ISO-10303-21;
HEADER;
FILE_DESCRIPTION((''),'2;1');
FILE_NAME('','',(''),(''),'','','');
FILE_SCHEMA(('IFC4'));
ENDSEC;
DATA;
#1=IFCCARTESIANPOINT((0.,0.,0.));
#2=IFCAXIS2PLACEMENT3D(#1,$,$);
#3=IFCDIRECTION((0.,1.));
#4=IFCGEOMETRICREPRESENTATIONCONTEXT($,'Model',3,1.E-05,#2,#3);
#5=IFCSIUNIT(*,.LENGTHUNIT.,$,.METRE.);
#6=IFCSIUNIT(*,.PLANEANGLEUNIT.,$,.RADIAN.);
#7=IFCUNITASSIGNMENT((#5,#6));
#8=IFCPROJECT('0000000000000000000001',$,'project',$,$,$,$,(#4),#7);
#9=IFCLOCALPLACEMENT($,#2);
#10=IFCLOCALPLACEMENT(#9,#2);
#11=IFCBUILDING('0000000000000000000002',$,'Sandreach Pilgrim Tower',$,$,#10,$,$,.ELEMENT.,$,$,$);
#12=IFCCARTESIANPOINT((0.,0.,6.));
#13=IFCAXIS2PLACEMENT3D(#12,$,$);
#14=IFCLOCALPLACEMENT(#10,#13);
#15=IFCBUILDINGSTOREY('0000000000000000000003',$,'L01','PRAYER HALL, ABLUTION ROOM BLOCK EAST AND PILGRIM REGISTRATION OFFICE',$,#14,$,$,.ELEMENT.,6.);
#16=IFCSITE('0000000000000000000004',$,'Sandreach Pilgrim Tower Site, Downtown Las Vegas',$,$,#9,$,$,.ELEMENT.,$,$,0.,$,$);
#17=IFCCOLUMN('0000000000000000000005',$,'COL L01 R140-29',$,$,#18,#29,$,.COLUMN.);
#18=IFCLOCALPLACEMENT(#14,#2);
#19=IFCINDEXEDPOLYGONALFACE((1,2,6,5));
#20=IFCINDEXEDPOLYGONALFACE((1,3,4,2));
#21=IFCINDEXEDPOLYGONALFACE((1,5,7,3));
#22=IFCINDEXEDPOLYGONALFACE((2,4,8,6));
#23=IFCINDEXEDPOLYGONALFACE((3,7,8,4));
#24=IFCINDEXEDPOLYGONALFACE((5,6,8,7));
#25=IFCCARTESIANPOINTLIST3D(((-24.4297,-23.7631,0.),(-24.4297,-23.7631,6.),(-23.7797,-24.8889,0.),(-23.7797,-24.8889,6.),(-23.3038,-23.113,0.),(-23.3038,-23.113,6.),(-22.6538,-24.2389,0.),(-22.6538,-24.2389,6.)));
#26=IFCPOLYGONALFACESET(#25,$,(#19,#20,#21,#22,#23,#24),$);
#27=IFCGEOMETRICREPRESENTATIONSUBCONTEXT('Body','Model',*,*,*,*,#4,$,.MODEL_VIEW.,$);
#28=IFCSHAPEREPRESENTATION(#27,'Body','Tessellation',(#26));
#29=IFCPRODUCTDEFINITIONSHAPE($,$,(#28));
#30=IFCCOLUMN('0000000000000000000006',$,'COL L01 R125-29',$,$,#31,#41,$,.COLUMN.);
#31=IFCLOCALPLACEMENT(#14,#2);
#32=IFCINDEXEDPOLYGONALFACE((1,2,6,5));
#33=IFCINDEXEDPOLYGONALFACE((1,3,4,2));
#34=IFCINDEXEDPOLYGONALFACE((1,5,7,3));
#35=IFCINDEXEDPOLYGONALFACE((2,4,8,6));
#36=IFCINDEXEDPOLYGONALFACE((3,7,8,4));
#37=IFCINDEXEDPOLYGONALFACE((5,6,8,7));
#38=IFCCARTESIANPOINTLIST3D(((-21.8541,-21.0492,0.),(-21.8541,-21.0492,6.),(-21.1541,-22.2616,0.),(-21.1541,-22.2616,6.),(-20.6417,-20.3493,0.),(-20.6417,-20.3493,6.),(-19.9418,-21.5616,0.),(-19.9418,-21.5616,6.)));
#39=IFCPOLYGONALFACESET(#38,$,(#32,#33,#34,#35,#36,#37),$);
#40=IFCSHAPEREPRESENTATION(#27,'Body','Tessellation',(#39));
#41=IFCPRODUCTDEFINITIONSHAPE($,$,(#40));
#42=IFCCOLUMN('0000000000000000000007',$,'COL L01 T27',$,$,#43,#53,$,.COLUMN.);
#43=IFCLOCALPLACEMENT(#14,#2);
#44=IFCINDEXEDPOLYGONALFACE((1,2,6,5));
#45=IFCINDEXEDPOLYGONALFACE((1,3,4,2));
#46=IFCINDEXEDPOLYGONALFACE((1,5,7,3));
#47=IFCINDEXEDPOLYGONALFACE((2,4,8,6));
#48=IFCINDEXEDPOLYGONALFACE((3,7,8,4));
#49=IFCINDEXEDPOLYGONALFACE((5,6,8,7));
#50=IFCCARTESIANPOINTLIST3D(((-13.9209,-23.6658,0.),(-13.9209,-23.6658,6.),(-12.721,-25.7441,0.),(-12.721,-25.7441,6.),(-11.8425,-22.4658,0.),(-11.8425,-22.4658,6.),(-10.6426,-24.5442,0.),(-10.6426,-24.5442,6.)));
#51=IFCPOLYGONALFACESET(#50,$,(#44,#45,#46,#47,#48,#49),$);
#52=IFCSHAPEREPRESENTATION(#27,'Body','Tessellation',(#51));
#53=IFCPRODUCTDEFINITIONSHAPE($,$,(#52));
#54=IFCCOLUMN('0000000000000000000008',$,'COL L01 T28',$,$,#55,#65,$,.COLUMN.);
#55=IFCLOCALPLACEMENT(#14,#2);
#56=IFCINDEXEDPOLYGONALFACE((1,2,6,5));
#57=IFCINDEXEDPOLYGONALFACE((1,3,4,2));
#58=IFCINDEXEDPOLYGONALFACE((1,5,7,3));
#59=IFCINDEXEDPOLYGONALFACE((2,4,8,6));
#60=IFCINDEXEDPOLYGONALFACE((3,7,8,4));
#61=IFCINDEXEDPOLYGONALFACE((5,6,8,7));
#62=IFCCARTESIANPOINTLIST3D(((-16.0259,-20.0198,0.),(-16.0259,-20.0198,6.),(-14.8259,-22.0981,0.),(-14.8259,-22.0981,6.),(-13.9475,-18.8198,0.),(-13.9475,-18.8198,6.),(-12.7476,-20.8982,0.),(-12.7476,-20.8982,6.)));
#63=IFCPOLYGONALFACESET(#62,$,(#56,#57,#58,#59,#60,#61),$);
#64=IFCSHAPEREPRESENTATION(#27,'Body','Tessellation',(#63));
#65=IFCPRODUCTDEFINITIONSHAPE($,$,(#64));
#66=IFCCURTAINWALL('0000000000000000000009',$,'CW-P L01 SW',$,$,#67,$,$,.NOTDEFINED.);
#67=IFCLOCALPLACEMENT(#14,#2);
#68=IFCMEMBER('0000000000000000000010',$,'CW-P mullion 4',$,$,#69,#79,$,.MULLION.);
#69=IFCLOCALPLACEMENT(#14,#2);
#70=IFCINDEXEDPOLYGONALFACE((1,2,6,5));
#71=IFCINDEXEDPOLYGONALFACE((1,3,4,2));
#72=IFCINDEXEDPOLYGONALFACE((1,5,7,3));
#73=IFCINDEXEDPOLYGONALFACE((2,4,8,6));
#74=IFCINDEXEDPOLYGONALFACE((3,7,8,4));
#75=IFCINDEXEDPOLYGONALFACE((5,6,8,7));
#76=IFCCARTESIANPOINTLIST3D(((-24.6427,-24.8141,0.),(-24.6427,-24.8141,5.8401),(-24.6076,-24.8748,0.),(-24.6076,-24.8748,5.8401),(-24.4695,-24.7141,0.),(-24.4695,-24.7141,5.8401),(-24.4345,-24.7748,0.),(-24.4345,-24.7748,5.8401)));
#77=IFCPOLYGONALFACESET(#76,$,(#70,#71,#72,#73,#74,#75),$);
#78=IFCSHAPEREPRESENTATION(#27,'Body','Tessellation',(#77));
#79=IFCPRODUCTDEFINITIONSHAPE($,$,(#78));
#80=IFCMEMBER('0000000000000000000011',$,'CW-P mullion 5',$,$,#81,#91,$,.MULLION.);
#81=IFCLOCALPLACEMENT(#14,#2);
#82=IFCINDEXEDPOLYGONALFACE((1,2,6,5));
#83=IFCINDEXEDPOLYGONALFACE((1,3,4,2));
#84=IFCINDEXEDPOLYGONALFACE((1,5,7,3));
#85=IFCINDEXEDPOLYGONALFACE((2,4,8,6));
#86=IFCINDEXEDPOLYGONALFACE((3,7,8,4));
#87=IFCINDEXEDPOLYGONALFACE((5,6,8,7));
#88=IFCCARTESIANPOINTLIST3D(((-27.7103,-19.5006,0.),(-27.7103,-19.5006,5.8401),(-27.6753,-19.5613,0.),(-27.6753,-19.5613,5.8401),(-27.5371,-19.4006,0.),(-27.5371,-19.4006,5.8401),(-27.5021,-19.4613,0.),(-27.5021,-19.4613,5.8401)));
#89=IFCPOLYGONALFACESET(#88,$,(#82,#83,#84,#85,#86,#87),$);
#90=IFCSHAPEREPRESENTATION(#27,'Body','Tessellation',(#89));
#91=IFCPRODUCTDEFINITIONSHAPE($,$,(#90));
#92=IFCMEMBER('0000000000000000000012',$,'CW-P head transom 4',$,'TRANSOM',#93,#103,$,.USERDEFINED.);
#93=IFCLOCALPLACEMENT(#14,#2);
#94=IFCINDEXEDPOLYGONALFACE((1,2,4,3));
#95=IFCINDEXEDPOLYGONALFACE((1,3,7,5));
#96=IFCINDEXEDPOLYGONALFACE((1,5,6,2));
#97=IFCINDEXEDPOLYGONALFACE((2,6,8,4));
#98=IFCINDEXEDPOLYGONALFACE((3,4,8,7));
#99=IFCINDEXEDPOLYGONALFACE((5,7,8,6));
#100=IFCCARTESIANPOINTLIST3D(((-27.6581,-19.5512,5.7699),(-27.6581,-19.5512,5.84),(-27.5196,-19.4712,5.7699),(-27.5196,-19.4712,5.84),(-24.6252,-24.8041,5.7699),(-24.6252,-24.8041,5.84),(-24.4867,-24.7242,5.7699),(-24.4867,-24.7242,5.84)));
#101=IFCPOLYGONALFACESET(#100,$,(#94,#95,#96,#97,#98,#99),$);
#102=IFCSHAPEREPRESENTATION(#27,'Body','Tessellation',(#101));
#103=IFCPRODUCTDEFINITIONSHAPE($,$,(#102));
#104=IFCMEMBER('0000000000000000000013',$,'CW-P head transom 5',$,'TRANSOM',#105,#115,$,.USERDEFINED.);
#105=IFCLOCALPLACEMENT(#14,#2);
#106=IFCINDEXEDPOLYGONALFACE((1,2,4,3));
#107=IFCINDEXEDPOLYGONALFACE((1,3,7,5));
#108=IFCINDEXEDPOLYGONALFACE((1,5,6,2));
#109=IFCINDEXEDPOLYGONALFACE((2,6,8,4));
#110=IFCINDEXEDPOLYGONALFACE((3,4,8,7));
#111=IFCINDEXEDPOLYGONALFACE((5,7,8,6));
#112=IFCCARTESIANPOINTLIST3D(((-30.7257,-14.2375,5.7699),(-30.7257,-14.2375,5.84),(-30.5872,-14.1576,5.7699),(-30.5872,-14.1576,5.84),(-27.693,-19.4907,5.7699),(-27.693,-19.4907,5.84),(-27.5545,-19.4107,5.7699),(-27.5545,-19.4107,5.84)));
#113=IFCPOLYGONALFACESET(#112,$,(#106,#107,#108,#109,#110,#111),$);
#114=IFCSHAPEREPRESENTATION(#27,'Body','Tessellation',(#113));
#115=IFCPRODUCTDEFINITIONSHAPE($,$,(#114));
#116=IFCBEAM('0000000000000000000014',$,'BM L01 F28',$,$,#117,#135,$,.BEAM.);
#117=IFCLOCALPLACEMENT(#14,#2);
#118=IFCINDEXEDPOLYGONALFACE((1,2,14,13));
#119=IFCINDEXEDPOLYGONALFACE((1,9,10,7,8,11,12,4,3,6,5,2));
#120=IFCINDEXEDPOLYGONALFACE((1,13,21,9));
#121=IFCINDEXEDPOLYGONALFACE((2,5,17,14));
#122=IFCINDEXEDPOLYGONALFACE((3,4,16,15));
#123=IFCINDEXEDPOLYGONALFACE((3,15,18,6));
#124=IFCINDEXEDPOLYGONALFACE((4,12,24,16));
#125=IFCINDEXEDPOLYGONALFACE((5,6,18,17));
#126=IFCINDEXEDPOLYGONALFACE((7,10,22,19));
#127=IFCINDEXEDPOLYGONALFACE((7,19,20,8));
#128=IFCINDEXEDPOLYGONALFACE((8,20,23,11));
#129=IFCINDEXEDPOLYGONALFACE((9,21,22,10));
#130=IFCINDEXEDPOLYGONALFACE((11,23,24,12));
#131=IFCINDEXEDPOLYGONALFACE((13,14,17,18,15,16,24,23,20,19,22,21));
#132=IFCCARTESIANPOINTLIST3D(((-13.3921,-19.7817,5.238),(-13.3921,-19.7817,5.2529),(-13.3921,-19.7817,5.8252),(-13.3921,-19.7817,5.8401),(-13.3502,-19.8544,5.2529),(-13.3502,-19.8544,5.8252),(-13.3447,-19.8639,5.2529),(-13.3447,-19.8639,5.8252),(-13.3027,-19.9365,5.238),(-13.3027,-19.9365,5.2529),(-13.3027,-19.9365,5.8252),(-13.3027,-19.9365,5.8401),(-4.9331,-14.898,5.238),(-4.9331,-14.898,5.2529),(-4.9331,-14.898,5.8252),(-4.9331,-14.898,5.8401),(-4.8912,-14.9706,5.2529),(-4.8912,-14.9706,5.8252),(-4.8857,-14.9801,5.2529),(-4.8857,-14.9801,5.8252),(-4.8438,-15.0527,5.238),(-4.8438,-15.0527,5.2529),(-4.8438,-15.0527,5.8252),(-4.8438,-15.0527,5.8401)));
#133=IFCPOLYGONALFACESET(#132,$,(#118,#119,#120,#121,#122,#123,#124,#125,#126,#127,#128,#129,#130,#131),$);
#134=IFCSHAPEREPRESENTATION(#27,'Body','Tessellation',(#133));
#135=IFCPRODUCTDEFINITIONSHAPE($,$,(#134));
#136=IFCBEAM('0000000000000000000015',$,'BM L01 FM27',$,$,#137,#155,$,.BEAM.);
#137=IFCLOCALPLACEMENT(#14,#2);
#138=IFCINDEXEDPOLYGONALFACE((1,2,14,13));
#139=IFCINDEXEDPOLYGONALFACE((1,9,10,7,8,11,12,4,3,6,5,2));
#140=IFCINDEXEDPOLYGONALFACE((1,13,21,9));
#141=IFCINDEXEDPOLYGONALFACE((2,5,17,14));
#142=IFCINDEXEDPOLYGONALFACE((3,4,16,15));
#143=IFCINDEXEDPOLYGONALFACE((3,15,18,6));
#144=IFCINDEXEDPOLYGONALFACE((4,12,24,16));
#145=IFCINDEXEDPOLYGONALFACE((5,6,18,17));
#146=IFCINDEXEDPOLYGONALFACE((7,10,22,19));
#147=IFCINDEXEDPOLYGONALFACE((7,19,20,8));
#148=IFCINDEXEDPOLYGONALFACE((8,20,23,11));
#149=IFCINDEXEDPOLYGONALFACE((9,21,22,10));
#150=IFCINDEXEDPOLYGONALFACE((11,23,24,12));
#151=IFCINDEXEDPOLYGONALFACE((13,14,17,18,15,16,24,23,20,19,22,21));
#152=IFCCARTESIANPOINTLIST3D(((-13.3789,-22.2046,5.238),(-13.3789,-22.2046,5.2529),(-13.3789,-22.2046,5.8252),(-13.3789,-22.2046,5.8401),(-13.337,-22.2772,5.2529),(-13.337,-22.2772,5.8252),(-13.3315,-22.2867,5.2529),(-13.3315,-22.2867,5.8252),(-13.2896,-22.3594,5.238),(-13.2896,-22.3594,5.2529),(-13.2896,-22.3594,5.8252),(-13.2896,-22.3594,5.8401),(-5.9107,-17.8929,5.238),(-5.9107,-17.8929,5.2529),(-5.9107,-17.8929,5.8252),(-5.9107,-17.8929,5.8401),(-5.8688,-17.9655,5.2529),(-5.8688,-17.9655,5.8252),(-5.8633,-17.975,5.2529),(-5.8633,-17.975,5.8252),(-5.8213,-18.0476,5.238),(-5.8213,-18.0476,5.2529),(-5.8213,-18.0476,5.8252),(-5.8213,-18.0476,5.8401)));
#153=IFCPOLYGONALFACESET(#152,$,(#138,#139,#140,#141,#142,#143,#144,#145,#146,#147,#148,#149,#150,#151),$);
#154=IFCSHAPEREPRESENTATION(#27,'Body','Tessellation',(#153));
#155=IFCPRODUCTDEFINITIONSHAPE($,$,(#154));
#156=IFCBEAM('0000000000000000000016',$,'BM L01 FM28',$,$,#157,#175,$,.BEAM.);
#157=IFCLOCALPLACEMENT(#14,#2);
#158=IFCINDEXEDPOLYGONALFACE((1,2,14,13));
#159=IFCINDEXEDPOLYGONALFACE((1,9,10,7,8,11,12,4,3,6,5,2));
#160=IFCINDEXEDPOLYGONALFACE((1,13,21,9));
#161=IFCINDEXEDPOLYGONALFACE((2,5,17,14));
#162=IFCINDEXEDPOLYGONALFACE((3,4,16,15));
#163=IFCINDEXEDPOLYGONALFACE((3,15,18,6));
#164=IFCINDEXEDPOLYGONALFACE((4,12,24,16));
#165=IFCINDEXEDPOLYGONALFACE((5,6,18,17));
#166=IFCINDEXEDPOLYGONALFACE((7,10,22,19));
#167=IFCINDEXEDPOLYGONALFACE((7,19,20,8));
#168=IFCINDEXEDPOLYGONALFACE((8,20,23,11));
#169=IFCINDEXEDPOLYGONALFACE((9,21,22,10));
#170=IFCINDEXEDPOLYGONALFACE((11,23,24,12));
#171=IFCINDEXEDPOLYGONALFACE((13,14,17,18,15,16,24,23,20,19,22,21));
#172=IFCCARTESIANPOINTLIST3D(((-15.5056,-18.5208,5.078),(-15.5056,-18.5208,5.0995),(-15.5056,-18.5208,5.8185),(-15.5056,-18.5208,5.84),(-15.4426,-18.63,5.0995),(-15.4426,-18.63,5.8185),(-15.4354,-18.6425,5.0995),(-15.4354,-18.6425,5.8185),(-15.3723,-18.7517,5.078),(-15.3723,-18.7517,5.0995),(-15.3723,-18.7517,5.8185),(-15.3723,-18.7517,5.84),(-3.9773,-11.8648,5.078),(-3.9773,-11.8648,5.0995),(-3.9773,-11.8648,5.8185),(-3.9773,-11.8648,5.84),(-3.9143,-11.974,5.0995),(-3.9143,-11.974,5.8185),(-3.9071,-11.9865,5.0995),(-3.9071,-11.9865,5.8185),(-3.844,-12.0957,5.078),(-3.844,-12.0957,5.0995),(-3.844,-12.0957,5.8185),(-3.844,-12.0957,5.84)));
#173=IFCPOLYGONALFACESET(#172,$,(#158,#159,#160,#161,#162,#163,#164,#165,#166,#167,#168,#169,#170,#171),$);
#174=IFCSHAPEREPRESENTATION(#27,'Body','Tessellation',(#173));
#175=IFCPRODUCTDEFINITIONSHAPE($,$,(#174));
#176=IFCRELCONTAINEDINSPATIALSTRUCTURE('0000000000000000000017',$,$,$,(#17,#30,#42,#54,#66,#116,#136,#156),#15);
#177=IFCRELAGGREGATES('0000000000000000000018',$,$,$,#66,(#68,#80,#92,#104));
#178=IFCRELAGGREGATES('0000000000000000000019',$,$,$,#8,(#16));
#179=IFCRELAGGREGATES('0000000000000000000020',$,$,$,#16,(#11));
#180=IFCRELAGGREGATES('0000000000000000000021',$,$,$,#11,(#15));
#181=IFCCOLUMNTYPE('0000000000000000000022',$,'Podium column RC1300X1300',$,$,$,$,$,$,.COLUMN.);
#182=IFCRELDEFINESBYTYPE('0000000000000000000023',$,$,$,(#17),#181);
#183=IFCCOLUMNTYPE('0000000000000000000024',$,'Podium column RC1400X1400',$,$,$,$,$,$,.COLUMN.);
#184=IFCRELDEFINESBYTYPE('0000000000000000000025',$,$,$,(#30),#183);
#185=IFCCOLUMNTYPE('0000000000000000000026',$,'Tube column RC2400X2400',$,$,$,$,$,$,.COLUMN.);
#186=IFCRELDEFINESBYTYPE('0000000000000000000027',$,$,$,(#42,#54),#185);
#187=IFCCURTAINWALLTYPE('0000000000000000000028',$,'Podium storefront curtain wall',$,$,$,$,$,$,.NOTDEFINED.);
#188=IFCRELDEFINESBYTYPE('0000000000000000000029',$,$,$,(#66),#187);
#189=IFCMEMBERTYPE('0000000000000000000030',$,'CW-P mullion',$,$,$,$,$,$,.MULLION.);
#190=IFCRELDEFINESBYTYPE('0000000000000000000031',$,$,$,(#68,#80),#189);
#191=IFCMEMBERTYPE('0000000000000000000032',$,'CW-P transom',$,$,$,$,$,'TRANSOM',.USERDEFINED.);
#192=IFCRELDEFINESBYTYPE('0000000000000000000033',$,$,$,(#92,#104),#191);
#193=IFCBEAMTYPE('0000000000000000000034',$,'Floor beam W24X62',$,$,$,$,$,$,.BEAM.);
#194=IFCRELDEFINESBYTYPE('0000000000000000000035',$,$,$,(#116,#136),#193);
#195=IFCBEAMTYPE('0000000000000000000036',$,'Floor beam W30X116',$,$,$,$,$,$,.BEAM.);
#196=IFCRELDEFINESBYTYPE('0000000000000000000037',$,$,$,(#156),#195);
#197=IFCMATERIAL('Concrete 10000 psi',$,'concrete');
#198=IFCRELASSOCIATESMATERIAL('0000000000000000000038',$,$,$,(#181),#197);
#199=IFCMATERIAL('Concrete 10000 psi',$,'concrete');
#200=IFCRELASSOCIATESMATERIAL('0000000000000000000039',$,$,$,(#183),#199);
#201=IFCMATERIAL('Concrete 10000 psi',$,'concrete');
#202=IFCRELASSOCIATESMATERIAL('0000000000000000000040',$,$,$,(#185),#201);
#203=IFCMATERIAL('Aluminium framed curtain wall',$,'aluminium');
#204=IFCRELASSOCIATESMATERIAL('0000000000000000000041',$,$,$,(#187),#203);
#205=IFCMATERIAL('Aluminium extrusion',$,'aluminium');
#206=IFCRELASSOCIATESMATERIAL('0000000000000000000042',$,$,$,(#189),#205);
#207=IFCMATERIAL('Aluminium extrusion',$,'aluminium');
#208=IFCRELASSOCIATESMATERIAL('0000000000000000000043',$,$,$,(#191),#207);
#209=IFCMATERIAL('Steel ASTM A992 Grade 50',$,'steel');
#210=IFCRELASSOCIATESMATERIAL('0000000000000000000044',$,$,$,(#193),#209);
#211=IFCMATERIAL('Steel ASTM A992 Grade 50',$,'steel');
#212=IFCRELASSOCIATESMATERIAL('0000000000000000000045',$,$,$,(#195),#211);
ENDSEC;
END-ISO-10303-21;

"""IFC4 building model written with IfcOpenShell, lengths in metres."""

from ifc_helpers import new_model, si_unit, direction, frame, origin, origin_2d, place, context, subcontext, project, spatial, rectangle, i_section, extrude, material, material_profile, profile_set, type_object, element, aggregate, save


model = new_model("IFC4")

# Units and contexts
model_context = context("Model", 3, precision=1e-05, world=origin(), true_north=direction((0.0, 1.0)))
body_context = subcontext(model_context, "Body", "Model", "MODEL_VIEW")
ifc_project = project(units=[si_unit("LENGTHUNIT", "METRE"), si_unit("PLANEANGLEUNIT", "RADIAN")], contexts=[model_context])

# Site, building, storey
site_placement = place(None, origin())
site = spatial("IfcSite", under=ifc_project, at=site_placement, Name="Sandreach Pilgrim Tower Site, Downtown Las Vegas", CompositionType="ELEMENT", RefElevation=0.0)
building_placement = place(site_placement, origin())
building = spatial("IfcBuilding", under=site, at=building_placement, Name="Sandreach Pilgrim Tower", CompositionType="ELEMENT")
storey_placement = place(building_placement, frame((0.0, 0.0, 6.0)))
storey = spatial("IfcBuildingStorey", under=building, at=storey_placement, Name="L01", Description="PRAYER HALL, ABLUTION ROOM BLOCK EAST AND PILGRIM REGISTRATION OFFICE", CompositionType="ELEMENT", Elevation=6.0)

# Columns
ifc_material_1 = material(Name="Concrete 10000 psi", Category="concrete")
ifc_material_profile_1 = material_profile(ifc_material_1, rectangle(XDim=1.3, YDim=1.3, at=origin_2d()), Name="RC1300X1300")
ifc_profile_set_1 = profile_set([ifc_material_profile_1], Name="Concrete 10000 psi")
column_type_1 = type_object("IfcColumnType", Name="Podium column RC1300X1300", PredefinedType="COLUMN", material=ifc_profile_set_1)
column_1_placement = place(storey_placement, frame((-23.5417, -24.001, 0.0), z_axis=(0.0, 0.0, 1.0), x_axis=(-0.866025, -0.5, 0.0)))
element("IfcColumn", 1, at=column_1_placement, inside=storey, type_object=column_type_1, Name="COL L01 R140-29", PredefinedType="COLUMN", context=body_context, shape_type="SweptSolid", body=[
    extrude(rectangle(XDim=1.3, YDim=1.3, at=origin_2d()), origin(), (0.0, 0.0, 1.0), 6.0),
])
ifc_material_2 = material(Name="Concrete 10000 psi", Category="concrete")
ifc_material_profile_2 = material_profile(ifc_material_2, rectangle(XDim=1.3999, YDim=1.3999, at=origin_2d()), Name="RC1400X1400")
ifc_profile_set_2 = profile_set([ifc_material_profile_2], Name="Concrete 10000 psi")
column_type_2 = type_object("IfcColumnType", Name="Podium column RC1400X1400", PredefinedType="COLUMN", material=ifc_profile_set_2)
column_2_placement = place(storey_placement, frame((-20.8979, -21.3054, 0.0), z_axis=(0.0, 0.0, 1.0), x_axis=(-0.866025, -0.5, 0.0)))
element("IfcColumn", 2, at=column_2_placement, inside=storey, type_object=column_type_2, Name="COL L01 R125-29", PredefinedType="COLUMN", context=body_context, shape_type="SweptSolid", body=[
    extrude(rectangle(XDim=1.3999, YDim=1.3999, at=origin_2d()), origin(), (0.0, 0.0, 1.0), 6.0),
])
ifc_material_3 = material(Name="Concrete 10000 psi", Category="concrete")
ifc_material_profile_3 = material_profile(ifc_material_3, rectangle(XDim=2.3999, YDim=2.3999, at=origin_2d()), Name="RC2400X2400")
ifc_profile_set_3 = profile_set([ifc_material_profile_3], Name="Concrete 10000 psi")
column_type_3 = type_object("IfcColumnType", Name="Tube column RC2400X2400", PredefinedType="COLUMN", material=ifc_profile_set_3)
for number, where, z_axis, x_axis, name in (
    (3, (-12.2817, -24.105, 0.0), (0.0, 0.0, 1.0), (-0.866025, -0.5, 0.0), "COL L01 T27"),
    (4, (-14.3867, -20.459, 0.0), (0.0, 0.0, 1.0), (-0.866025, -0.5, 0.0), "COL L01 T28"),
):
    element("IfcColumn", number, at=place(storey_placement, frame(where, z_axis=z_axis, x_axis=x_axis)), inside=storey, type_object=column_type_3, Name=name, PredefinedType="COLUMN", context=body_context, shape_type="SweptSolid", body=[
        extrude(rectangle(XDim=2.3999, YDim=2.3999, at=origin_2d()), origin(), (0.0, 0.0, 1.0), 6.0),
    ])

# Curtain wall, members
ifc_material_4 = material(Name="Aluminium framed curtain wall", Category="aluminium")
curtain_wall_type = type_object("IfcCurtainWallType", Name="Podium storefront curtain wall", PredefinedType="NOTDEFINED", material=ifc_material_4)
curtain_wall_placement = place(storey_placement, origin())
curtain_wall = element("IfcCurtainWall", 5, at=curtain_wall_placement, inside=storey, type_object=curtain_wall_type, Name="CW-P L01 SW", PredefinedType="NOTDEFINED")
ifc_material_5 = material(Name="Aluminium extrusion", Category="aluminium")
ifc_material_profile_4 = material_profile(ifc_material_5, rectangle(XDim=0.0701, YDim=0.2, at=origin_2d()), Name="CW-PM 70X200")
ifc_profile_set_4 = profile_set([ifc_material_profile_4], Name="Aluminium extrusion")
member_type_1 = type_object("IfcMemberType", Name="CW-P mullion", PredefinedType="MULLION", material=ifc_profile_set_4)
member_1_placement = place(storey_placement, frame((-24.5386, -24.7944, 0.0), z_axis=(0.0, 0.0, 1.0), x_axis=(-0.5, 0.866025, 0.0)))
member_1 = element("IfcMember", 6, at=member_1_placement, type_object=member_type_1, Name="CW-P mullion 4", PredefinedType="MULLION", context=body_context, shape_type="SweptSolid", body=[
    extrude(rectangle(XDim=0.0701, YDim=0.2, at=origin_2d()), origin(), (0.0, 0.0, 1.0), 5.8401),
])
member_2_placement = place(storey_placement, frame((-27.6062, -19.481, 0.0), z_axis=(0.0, 0.0, 1.0), x_axis=(-0.5, 0.866025, 0.0)))
member_2 = element("IfcMember", 7, at=member_2_placement, type_object=member_type_1, Name="CW-P mullion 5", PredefinedType="MULLION", context=body_context, shape_type="SweptSolid", body=[
    extrude(rectangle(XDim=0.0701, YDim=0.2, at=origin_2d()), origin(), (0.0, 0.0, 1.0), 5.8401),
])
ifc_material_6 = material(Name="Aluminium extrusion", Category="aluminium")
ifc_material_profile_5 = material_profile(ifc_material_6, rectangle(XDim=0.1599, YDim=0.0701, at=origin_2d()), Name="CW-PT 160X70")
ifc_profile_set_5 = profile_set([ifc_material_profile_5], Name="Aluminium extrusion")
member_type_2 = type_object("IfcMemberType", Name="CW-P transom", ElementType="TRANSOM", PredefinedType="USERDEFINED", material=ifc_profile_set_5)
member_3_placement = place(storey_placement, frame((-24.5559, -24.7642, 5.8049), z_axis=(-0.500022, 0.866013, 0.0), x_axis=(-0.866013, -0.500022, 0.0)))
member_3 = element("IfcMember", 8, at=member_3_placement, type_object=member_type_2, Name="CW-P head transom 4", ObjectType="TRANSOM", PredefinedType="USERDEFINED", context=body_context, shape_type="SweptSolid", body=[
    extrude(rectangle(XDim=0.1599, YDim=0.0701, at=origin_2d()), origin(), (0.0, 0.0, 1.0), 6.0657),
])
member_4_placement = place(storey_placement, frame((-27.6238, -19.4507, 5.8049), z_axis=(-0.499974, 0.86604, 0.0), x_axis=(-0.86604, -0.499974, 0.0)))
member_4 = element("IfcMember", 9, at=member_4_placement, type_object=member_type_2, Name="CW-P head transom 5", ObjectType="TRANSOM", PredefinedType="USERDEFINED", context=body_context, shape_type="SweptSolid", body=[
    extrude(rectangle(XDim=0.1599, YDim=0.0701, at=origin_2d()), origin(), (0.0, 0.0, 1.0), 6.0657),
])

# Beams
ifc_material_7 = material(Name="Steel ASTM A992 Grade 50", Category="steel")
ifc_material_profile_6 = material_profile(ifc_material_7, i_section(OverallWidth=0.1787, OverallDepth=0.6021, WebThickness=0.011, FlangeThickness=0.0149, at=origin_2d()), Name="W24X62")
ifc_profile_set_6 = profile_set([ifc_material_profile_6], Name="Steel ASTM A992 Grade 50")
beam_type_1 = type_object("IfcBeamType", Name="Floor beam W24X62", PredefinedType="BEAM", material=ifc_profile_set_6)
beam_1_placement = place(storey_placement, frame((-13.3474, -19.8591, 5.5391), z_axis=(0.866026, 0.499999, 0.0), x_axis=(-0.499999, 0.866026, 0.0)))
element("IfcBeam", 10, at=beam_1_placement, inside=storey, type_object=beam_type_1, Name="BM L01 F28", PredefinedType="BEAM", context=body_context, shape_type="SweptSolid", body=[
    extrude(i_section(OverallWidth=0.1787, OverallDepth=0.6021, WebThickness=0.011, FlangeThickness=0.0149, at=origin_2d()), origin(), (0.0, 0.0, 1.0), 9.7676),
])
beam_2_placement = place(storey_placement, frame((-13.3342, -22.282, 5.5391), z_axis=(0.866027, 0.499997, 0.0), x_axis=(-0.499997, 0.866027, 0.0)))
element("IfcBeam", 11, at=beam_2_placement, inside=storey, type_object=beam_type_1, Name="BM L01 FM27", PredefinedType="BEAM", context=body_context, shape_type="SweptSolid", body=[
    extrude(i_section(OverallWidth=0.1787, OverallDepth=0.6021, WebThickness=0.011, FlangeThickness=0.0149, at=origin_2d()), origin(), (0.0, 0.0, 1.0), 8.6235),
])
ifc_material_8 = material(Name="Steel ASTM A992 Grade 50", Category="steel")
ifc_material_profile_7 = material_profile(ifc_material_8, i_section(OverallWidth=0.2666, OverallDepth=0.762, WebThickness=0.0144, FlangeThickness=0.0215, at=origin_2d()), Name="W30X116")
ifc_profile_set_7 = profile_set([ifc_material_profile_7], Name="Steel ASTM A992 Grade 50")
beam_type_2 = type_object("IfcBeamType", Name="Floor beam W30X116", PredefinedType="BEAM", material=ifc_profile_set_7)
beam_3_placement = place(storey_placement, frame((-15.439, -18.6362, 5.459), z_axis=(0.866021, 0.500007, 0.0), x_axis=(-0.500007, 0.866021, 0.0)))
element("IfcBeam", 12, at=beam_3_placement, inside=storey, type_object=beam_type_2, Name="BM L01 FM28", PredefinedType="BEAM", context=body_context, shape_type="SweptSolid", body=[
    extrude(i_section(OverallWidth=0.2666, OverallDepth=0.762, WebThickness=0.0144, FlangeThickness=0.0215, at=origin_2d()), origin(), (0.0, 0.0, 1.0), 13.3118),
])

aggregate(curtain_wall, [member_1, member_2, member_3, member_4])

save(model, "model.ifc")
